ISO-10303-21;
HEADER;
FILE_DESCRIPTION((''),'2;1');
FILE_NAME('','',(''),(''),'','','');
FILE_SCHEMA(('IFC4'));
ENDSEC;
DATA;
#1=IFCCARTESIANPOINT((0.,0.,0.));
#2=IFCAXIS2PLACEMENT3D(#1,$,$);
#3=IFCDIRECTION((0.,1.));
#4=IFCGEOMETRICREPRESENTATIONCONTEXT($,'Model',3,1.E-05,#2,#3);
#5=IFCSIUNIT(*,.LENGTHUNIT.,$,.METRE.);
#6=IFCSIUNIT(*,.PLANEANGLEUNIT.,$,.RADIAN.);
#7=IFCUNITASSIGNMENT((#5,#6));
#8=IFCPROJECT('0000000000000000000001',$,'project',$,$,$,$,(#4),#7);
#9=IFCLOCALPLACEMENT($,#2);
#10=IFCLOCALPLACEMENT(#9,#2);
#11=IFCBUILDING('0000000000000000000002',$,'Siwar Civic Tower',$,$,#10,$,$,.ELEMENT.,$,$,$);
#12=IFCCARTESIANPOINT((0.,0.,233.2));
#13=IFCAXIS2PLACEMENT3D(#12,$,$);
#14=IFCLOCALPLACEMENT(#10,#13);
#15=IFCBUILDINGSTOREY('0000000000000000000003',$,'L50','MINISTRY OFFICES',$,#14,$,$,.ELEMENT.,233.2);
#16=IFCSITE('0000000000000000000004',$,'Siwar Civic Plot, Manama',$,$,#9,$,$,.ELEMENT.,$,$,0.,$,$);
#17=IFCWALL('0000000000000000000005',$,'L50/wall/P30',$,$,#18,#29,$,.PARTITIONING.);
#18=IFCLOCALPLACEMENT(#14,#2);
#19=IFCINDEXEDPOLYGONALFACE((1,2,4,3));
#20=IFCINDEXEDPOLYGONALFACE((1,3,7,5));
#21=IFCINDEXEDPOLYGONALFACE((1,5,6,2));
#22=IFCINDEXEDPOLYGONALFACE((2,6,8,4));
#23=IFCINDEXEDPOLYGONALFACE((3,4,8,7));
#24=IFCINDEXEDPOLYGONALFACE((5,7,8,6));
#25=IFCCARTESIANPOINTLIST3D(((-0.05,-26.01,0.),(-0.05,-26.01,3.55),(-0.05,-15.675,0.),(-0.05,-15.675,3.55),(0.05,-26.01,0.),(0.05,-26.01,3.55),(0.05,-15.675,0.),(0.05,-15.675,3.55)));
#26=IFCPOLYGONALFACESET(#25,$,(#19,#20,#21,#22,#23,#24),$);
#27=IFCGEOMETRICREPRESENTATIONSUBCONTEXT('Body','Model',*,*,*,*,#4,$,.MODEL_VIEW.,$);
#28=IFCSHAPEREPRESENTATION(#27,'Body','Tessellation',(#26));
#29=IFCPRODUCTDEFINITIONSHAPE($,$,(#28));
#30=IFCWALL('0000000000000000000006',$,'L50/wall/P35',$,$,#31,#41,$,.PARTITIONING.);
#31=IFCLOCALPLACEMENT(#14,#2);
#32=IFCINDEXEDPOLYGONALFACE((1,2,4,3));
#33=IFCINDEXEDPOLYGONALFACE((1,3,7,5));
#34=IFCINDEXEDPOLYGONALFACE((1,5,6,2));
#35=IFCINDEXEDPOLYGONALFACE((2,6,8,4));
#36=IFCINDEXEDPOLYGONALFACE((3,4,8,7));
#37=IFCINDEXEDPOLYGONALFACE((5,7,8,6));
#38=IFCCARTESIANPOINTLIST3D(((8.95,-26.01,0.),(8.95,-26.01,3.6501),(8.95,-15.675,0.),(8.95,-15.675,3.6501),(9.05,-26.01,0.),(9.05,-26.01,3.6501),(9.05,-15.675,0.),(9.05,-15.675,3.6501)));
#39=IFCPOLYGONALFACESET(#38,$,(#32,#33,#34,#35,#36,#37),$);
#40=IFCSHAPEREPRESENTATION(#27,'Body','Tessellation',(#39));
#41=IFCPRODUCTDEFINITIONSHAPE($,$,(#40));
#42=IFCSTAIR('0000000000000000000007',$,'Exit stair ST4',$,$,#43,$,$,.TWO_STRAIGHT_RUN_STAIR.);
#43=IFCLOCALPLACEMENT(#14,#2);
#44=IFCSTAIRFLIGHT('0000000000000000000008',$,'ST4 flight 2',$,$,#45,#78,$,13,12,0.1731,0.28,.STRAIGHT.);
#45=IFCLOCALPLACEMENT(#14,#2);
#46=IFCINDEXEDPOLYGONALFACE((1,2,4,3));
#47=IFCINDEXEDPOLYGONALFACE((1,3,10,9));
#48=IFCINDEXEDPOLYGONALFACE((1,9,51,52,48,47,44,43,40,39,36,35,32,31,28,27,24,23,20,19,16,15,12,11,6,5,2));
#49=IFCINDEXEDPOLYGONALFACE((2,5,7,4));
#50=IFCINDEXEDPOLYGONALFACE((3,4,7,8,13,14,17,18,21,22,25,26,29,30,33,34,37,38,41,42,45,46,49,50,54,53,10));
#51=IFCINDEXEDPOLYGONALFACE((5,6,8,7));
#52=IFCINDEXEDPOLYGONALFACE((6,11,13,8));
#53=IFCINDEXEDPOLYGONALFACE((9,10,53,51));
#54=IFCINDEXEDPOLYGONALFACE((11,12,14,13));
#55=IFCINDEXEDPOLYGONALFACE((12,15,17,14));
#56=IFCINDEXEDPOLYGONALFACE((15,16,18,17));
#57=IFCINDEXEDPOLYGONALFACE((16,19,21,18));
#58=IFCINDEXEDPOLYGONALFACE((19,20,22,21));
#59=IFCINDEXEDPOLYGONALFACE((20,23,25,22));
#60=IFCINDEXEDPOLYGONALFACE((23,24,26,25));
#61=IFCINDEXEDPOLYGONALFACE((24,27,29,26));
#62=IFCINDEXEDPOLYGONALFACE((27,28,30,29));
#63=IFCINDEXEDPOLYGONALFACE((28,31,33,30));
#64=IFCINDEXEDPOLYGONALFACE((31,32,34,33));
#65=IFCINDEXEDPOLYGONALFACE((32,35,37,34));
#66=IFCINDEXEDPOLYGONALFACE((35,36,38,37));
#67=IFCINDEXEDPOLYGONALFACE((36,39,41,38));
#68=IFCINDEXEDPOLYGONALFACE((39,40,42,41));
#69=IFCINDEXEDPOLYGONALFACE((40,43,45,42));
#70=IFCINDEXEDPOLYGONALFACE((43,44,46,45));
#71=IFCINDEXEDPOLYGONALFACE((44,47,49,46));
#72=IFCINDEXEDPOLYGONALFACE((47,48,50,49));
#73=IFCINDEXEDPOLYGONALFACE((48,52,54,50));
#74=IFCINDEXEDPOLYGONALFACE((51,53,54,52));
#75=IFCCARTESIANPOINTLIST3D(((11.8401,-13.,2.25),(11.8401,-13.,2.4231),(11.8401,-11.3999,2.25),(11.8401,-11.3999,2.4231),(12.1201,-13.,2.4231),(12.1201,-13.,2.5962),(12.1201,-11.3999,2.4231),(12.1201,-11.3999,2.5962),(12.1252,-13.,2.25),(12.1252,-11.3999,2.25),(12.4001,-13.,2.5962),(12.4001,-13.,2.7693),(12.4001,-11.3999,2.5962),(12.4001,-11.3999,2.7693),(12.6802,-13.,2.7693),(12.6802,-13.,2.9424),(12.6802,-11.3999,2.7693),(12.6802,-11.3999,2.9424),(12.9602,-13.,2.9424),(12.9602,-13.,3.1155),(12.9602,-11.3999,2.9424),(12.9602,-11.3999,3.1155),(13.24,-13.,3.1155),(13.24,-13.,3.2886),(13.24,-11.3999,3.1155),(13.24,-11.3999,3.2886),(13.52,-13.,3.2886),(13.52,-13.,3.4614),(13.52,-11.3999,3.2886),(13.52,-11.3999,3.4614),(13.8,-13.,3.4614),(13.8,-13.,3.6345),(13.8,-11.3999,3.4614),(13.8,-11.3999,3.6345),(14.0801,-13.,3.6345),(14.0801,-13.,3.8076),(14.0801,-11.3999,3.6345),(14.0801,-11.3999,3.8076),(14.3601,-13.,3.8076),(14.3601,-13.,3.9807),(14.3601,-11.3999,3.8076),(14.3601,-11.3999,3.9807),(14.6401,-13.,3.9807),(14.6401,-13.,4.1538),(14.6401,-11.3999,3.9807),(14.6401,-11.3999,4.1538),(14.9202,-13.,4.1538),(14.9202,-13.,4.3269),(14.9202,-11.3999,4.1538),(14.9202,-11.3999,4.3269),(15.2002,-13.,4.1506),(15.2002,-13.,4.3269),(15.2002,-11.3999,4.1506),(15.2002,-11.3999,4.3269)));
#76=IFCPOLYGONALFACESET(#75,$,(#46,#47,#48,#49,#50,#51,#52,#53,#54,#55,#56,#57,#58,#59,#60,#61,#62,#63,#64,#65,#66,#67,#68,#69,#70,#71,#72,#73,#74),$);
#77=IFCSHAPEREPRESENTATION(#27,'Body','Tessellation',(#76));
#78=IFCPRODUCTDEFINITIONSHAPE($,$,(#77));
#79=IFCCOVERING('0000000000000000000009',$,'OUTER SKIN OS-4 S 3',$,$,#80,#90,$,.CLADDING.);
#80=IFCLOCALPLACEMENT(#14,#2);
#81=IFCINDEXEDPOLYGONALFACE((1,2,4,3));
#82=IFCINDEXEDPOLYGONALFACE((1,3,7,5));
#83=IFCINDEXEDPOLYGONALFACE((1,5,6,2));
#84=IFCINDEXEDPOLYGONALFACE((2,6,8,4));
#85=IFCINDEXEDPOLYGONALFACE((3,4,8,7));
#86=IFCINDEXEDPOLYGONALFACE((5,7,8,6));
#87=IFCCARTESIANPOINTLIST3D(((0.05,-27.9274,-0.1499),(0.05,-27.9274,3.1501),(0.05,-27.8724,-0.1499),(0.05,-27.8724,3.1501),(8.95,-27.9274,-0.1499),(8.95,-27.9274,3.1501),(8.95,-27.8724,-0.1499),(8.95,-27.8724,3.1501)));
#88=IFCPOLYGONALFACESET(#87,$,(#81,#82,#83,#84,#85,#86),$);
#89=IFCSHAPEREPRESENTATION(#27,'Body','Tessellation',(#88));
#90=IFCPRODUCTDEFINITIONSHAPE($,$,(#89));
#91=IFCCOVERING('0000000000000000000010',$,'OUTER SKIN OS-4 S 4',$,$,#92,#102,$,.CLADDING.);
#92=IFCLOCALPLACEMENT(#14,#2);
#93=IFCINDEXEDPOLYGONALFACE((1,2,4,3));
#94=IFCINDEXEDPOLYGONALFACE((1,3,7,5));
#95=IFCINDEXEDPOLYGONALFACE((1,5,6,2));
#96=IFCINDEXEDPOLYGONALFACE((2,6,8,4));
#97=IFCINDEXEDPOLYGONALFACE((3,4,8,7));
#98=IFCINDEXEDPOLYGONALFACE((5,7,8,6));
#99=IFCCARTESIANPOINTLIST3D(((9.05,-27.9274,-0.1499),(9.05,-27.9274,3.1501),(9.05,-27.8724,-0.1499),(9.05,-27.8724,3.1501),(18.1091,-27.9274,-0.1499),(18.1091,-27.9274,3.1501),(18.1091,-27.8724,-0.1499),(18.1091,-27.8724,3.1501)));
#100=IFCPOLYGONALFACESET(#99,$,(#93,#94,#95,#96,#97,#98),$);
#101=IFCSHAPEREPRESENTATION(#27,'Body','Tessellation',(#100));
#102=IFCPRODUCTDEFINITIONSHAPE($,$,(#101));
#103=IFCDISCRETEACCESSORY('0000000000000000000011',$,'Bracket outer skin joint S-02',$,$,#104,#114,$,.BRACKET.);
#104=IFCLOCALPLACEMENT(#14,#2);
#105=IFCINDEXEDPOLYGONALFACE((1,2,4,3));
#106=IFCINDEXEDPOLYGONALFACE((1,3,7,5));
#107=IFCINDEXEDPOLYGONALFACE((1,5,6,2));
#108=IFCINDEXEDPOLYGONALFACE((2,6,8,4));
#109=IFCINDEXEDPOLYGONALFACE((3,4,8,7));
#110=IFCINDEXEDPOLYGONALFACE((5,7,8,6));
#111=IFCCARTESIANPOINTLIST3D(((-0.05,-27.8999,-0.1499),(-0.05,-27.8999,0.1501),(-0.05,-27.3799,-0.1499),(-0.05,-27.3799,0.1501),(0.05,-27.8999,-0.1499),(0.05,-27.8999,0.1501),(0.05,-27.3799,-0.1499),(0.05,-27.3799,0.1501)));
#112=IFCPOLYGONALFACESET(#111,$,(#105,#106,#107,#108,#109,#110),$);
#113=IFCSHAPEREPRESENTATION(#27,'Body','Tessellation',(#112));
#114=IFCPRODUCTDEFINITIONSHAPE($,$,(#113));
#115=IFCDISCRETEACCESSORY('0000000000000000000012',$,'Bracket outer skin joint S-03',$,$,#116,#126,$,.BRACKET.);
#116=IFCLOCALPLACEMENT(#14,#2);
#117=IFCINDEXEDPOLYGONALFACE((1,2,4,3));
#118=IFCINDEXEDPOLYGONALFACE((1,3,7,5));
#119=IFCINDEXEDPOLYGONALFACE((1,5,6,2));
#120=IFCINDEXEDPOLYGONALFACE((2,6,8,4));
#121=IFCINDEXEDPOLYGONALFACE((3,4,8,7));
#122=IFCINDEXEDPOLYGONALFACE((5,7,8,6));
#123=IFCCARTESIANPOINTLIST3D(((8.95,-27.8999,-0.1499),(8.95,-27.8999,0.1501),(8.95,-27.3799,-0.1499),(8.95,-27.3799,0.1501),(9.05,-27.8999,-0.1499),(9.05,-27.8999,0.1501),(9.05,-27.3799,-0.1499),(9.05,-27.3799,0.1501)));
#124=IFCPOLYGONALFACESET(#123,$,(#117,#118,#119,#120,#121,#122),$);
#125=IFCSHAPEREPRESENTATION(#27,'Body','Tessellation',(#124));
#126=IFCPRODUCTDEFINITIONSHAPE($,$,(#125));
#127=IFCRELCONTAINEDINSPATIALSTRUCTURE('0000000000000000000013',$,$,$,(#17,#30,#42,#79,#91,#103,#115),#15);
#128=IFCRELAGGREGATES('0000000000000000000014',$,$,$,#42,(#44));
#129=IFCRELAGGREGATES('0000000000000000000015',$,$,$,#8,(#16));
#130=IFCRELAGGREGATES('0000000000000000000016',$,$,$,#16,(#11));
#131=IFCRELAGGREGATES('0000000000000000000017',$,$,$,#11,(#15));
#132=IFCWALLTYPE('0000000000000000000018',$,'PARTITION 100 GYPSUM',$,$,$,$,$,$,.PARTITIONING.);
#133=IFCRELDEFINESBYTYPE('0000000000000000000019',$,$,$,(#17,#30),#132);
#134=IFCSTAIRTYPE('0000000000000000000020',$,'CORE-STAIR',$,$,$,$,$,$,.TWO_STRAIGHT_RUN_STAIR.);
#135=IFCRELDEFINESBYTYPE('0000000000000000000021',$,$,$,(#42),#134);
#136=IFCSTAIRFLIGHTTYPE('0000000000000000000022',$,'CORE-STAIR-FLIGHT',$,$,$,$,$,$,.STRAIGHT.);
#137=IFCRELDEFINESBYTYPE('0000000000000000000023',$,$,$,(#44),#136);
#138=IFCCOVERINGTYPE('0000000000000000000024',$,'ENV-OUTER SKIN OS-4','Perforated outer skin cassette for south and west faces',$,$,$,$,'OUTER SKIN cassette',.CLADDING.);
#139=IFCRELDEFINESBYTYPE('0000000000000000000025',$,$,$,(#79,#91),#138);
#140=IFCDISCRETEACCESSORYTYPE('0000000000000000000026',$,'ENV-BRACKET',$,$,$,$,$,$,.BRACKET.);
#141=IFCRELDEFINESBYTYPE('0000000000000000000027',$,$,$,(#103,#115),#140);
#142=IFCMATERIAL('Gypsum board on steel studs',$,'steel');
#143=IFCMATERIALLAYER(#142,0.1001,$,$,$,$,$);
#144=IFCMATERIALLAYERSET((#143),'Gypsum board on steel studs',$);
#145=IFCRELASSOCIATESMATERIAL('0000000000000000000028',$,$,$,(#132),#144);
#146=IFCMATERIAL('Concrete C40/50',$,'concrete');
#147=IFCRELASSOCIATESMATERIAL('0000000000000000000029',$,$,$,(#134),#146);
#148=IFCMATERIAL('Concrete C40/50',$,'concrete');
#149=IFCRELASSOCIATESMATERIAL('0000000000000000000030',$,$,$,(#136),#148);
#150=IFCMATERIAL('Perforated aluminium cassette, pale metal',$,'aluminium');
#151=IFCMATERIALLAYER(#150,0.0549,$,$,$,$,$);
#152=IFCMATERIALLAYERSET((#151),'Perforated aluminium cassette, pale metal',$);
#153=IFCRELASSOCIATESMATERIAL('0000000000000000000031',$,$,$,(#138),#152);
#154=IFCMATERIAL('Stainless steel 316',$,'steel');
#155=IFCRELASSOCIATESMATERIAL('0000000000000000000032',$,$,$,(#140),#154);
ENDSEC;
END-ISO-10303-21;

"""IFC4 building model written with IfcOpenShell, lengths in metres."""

from ifc_helpers import new_model, si_unit, direction, frame, frame_2d, origin, origin_2d, place, context, subcontext, project, spatial, polyline, rectangle, outline, extrude, material, layer, layer_set, type_object, element, aggregate, save


model = new_model("IFC4")

# Units and contexts
model_context = context("Model", 3, precision=1e-05, world=origin(), true_north=direction((0.0, 1.0)))
body_context = subcontext(model_context, "Body", "Model", "MODEL_VIEW")
ifc_project = project(units=[si_unit("LENGTHUNIT", "METRE"), si_unit("PLANEANGLEUNIT", "RADIAN")], contexts=[model_context])

# Site, building, storey
site_placement = place(None, origin())
site = spatial("IfcSite", under=ifc_project, at=site_placement, Name="Siwar Civic Plot, Manama", CompositionType="ELEMENT", RefElevation=0.0)
building_placement = place(site_placement, origin())
building = spatial("IfcBuilding", under=site, at=building_placement, Name="Siwar Civic Tower", CompositionType="ELEMENT")
storey_placement = place(building_placement, frame((0.0, 0.0, 233.2)))
storey = spatial("IfcBuildingStorey", under=building, at=storey_placement, Name="L50", Description="MINISTRY OFFICES", CompositionType="ELEMENT", Elevation=233.2)

# Walls
ifc_material_1 = material(Name="Gypsum board on steel studs", Category="steel")
ifc_layer_1 = layer(ifc_material_1, 0.1001)
ifc_layer_set_1 = layer_set([ifc_layer_1], Name="Gypsum board on steel studs")
wall_type_1 = type_object("IfcWallType", Name="PARTITION 100 GYPSUM", PredefinedType="PARTITIONING", material=ifc_layer_set_1)
wall_1_placement = place(storey_placement, frame((0.0, -26.01, 0.0), z_axis=(0.0, 0.0, 1.0), x_axis=(0.0, 1.0, 0.0)))
element("IfcWall", 1, at=wall_1_placement, inside=storey, type_object=wall_type_1, Name="L50/wall/P30", PredefinedType="PARTITIONING", context=body_context, shape_type="SweptSolid", body=[
    extrude(rectangle(XDim=10.335, YDim=0.1001, at=frame_2d((5.1675, 0.0))), origin(), (0.0, 0.0, 1.0), 3.55),
])
wall_2_placement = place(storey_placement, frame((9.0, -26.01, 0.0), z_axis=(0.0, 0.0, 1.0), x_axis=(0.0, 1.0, 0.0)))
element("IfcWall", 2, at=wall_2_placement, inside=storey, type_object=wall_type_1, Name="L50/wall/P35", PredefinedType="PARTITIONING", context=body_context, shape_type="SweptSolid", body=[
    extrude(rectangle(XDim=10.335, YDim=0.1001, at=frame_2d((5.1675, 0.0))), origin(), (0.0, 0.0, 1.0), 3.6501),
])

# Stair, stair flight
ifc_material_2 = material(Name="Concrete C40/50", Category="concrete")
stair_type = type_object("IfcStairType", Name="CORE-STAIR", PredefinedType="TWO_STRAIGHT_RUN_STAIR", material=ifc_material_2)
stair_placement = place(storey_placement, origin())
stair = element("IfcStair", 3, at=stair_placement, inside=storey, type_object=stair_type, Name="Exit stair ST4", PredefinedType="TWO_STRAIGHT_RUN_STAIR")
ifc_material_3 = material(Name="Concrete C40/50", Category="concrete")
stair_flight_type = type_object("IfcStairFlightType", Name="CORE-STAIR-FLIGHT", PredefinedType="STRAIGHT", material=ifc_material_3)
stair_flight_placement = place(storey_placement, frame((11.8401, -12.2, 2.25), z_axis=(0.0, 0.0, 1.0), x_axis=(1.0, 0.0, 0.0)))
stair_flight = element("IfcStairFlight", 4, at=stair_flight_placement, type_object=stair_flight_type, Name="ST4 flight 2", NumberOfRisers=13, NumberOfTreads=12, PredefinedType="STRAIGHT", RiserHeight=0.1731, TreadLength=0.28, context=body_context, shape_type="SweptSolid", body=[
    extrude(outline(polyline([(0.0, 0.0), (0.0, 0.1731), (0.28, 0.1731), (0.28, 0.3462), (0.5601, 0.3462), (0.5601, 0.5193), (0.8401, 0.5193), (0.8401, 0.6924), (1.1201, 0.6924), (1.1201, 0.8655), (1.3999, 0.8655), (1.3999, 1.0386), (1.6799, 1.0386), (1.6799, 1.2114), (1.96, 1.2114), (1.96, 1.3845), (2.24, 1.3845), (2.24, 1.5576), (2.52, 1.5576), (2.52, 1.7307), (2.8, 1.7307), (2.8, 1.9038), (3.0801, 1.9038), (3.0801, 2.0769), (3.3601, 2.0769), (3.3601, 2.25), (3.3601, 1.9006), (0.2852, 0.0), (0.0, 0.0)])), frame((0.0, 0.8, 0.0), z_axis=(0.0, -1.0, 0.0), x_axis=(1.0, 0.0, 0.0)), (0.0, 0.0, 1.0), 1.6001),
])
aggregate(stair, [stair_flight])

# Coverings
ifc_material_4 = material(Name="Perforated aluminium cassette, pale metal", Category="aluminium")
ifc_layer_2 = layer(ifc_material_4, 0.0549)
ifc_layer_set_2 = layer_set([ifc_layer_2], Name="Perforated aluminium cassette, pale metal")
covering_type = type_object("IfcCoveringType", Name="ENV-OUTER SKIN OS-4", Description="Perforated outer skin cassette for south and west faces", ElementType="OUTER SKIN cassette", PredefinedType="CLADDING", material=ifc_layer_set_2)
covering_1_placement = place(storey_placement, frame((4.5, -27.8999, -0.1499), z_axis=(0.0, 0.0, 1.0), x_axis=(1.0, 0.0, 0.0)))
element("IfcCovering", 5, at=covering_1_placement, inside=storey, type_object=covering_type, Name="OUTER SKIN OS-4 S 3", PredefinedType="CLADDING", context=body_context, shape_type="SweptSolid", body=[
    extrude(rectangle(XDim=8.8999, YDim=0.0549, at=origin_2d()), origin(), (0.0, 0.0, 1.0), 3.3),
])
covering_2_placement = place(storey_placement, frame((13.5796, -27.8999, -0.1499), z_axis=(0.0, 0.0, 1.0), x_axis=(1.0, 0.0, 0.0)))
element("IfcCovering", 6, at=covering_2_placement, inside=storey, type_object=covering_type, Name="OUTER SKIN OS-4 S 4", PredefinedType="CLADDING", context=body_context, shape_type="SweptSolid", body=[
    extrude(rectangle(XDim=9.0591, YDim=0.0549, at=origin_2d()), origin(), (0.0, 0.0, 1.0), 3.3),
])

# Discrete accessories
ifc_material_5 = material(Name="Stainless steel 316", Category="steel")
discrete_accessory_type = type_object("IfcDiscreteAccessoryType", Name="ENV-BRACKET", PredefinedType="BRACKET", material=ifc_material_5)
for number, where, z_axis, x_axis, name in (
    (7, (0.0, -27.6399, -0.1499), (0.0, 0.0, 1.0), (0.0, -1.0, 0.0), "Bracket outer skin joint S-02"),
    (8, (9.0, -27.6399, -0.1499), (0.0, 0.0, 1.0), (0.0, -1.0, 0.0), "Bracket outer skin joint S-03"),
):
    element("IfcDiscreteAccessory", number, at=place(storey_placement, frame(where, z_axis=z_axis, x_axis=x_axis)), inside=storey, type_object=discrete_accessory_type, Name=name, PredefinedType="BRACKET", context=body_context, shape_type="SweptSolid", body=[
        extrude(rectangle(XDim=0.52, YDim=0.1001, at=origin_2d()), origin(), (0.0, 0.0, 1.0), 0.3),
    ])

save(model, "model.ifc")
